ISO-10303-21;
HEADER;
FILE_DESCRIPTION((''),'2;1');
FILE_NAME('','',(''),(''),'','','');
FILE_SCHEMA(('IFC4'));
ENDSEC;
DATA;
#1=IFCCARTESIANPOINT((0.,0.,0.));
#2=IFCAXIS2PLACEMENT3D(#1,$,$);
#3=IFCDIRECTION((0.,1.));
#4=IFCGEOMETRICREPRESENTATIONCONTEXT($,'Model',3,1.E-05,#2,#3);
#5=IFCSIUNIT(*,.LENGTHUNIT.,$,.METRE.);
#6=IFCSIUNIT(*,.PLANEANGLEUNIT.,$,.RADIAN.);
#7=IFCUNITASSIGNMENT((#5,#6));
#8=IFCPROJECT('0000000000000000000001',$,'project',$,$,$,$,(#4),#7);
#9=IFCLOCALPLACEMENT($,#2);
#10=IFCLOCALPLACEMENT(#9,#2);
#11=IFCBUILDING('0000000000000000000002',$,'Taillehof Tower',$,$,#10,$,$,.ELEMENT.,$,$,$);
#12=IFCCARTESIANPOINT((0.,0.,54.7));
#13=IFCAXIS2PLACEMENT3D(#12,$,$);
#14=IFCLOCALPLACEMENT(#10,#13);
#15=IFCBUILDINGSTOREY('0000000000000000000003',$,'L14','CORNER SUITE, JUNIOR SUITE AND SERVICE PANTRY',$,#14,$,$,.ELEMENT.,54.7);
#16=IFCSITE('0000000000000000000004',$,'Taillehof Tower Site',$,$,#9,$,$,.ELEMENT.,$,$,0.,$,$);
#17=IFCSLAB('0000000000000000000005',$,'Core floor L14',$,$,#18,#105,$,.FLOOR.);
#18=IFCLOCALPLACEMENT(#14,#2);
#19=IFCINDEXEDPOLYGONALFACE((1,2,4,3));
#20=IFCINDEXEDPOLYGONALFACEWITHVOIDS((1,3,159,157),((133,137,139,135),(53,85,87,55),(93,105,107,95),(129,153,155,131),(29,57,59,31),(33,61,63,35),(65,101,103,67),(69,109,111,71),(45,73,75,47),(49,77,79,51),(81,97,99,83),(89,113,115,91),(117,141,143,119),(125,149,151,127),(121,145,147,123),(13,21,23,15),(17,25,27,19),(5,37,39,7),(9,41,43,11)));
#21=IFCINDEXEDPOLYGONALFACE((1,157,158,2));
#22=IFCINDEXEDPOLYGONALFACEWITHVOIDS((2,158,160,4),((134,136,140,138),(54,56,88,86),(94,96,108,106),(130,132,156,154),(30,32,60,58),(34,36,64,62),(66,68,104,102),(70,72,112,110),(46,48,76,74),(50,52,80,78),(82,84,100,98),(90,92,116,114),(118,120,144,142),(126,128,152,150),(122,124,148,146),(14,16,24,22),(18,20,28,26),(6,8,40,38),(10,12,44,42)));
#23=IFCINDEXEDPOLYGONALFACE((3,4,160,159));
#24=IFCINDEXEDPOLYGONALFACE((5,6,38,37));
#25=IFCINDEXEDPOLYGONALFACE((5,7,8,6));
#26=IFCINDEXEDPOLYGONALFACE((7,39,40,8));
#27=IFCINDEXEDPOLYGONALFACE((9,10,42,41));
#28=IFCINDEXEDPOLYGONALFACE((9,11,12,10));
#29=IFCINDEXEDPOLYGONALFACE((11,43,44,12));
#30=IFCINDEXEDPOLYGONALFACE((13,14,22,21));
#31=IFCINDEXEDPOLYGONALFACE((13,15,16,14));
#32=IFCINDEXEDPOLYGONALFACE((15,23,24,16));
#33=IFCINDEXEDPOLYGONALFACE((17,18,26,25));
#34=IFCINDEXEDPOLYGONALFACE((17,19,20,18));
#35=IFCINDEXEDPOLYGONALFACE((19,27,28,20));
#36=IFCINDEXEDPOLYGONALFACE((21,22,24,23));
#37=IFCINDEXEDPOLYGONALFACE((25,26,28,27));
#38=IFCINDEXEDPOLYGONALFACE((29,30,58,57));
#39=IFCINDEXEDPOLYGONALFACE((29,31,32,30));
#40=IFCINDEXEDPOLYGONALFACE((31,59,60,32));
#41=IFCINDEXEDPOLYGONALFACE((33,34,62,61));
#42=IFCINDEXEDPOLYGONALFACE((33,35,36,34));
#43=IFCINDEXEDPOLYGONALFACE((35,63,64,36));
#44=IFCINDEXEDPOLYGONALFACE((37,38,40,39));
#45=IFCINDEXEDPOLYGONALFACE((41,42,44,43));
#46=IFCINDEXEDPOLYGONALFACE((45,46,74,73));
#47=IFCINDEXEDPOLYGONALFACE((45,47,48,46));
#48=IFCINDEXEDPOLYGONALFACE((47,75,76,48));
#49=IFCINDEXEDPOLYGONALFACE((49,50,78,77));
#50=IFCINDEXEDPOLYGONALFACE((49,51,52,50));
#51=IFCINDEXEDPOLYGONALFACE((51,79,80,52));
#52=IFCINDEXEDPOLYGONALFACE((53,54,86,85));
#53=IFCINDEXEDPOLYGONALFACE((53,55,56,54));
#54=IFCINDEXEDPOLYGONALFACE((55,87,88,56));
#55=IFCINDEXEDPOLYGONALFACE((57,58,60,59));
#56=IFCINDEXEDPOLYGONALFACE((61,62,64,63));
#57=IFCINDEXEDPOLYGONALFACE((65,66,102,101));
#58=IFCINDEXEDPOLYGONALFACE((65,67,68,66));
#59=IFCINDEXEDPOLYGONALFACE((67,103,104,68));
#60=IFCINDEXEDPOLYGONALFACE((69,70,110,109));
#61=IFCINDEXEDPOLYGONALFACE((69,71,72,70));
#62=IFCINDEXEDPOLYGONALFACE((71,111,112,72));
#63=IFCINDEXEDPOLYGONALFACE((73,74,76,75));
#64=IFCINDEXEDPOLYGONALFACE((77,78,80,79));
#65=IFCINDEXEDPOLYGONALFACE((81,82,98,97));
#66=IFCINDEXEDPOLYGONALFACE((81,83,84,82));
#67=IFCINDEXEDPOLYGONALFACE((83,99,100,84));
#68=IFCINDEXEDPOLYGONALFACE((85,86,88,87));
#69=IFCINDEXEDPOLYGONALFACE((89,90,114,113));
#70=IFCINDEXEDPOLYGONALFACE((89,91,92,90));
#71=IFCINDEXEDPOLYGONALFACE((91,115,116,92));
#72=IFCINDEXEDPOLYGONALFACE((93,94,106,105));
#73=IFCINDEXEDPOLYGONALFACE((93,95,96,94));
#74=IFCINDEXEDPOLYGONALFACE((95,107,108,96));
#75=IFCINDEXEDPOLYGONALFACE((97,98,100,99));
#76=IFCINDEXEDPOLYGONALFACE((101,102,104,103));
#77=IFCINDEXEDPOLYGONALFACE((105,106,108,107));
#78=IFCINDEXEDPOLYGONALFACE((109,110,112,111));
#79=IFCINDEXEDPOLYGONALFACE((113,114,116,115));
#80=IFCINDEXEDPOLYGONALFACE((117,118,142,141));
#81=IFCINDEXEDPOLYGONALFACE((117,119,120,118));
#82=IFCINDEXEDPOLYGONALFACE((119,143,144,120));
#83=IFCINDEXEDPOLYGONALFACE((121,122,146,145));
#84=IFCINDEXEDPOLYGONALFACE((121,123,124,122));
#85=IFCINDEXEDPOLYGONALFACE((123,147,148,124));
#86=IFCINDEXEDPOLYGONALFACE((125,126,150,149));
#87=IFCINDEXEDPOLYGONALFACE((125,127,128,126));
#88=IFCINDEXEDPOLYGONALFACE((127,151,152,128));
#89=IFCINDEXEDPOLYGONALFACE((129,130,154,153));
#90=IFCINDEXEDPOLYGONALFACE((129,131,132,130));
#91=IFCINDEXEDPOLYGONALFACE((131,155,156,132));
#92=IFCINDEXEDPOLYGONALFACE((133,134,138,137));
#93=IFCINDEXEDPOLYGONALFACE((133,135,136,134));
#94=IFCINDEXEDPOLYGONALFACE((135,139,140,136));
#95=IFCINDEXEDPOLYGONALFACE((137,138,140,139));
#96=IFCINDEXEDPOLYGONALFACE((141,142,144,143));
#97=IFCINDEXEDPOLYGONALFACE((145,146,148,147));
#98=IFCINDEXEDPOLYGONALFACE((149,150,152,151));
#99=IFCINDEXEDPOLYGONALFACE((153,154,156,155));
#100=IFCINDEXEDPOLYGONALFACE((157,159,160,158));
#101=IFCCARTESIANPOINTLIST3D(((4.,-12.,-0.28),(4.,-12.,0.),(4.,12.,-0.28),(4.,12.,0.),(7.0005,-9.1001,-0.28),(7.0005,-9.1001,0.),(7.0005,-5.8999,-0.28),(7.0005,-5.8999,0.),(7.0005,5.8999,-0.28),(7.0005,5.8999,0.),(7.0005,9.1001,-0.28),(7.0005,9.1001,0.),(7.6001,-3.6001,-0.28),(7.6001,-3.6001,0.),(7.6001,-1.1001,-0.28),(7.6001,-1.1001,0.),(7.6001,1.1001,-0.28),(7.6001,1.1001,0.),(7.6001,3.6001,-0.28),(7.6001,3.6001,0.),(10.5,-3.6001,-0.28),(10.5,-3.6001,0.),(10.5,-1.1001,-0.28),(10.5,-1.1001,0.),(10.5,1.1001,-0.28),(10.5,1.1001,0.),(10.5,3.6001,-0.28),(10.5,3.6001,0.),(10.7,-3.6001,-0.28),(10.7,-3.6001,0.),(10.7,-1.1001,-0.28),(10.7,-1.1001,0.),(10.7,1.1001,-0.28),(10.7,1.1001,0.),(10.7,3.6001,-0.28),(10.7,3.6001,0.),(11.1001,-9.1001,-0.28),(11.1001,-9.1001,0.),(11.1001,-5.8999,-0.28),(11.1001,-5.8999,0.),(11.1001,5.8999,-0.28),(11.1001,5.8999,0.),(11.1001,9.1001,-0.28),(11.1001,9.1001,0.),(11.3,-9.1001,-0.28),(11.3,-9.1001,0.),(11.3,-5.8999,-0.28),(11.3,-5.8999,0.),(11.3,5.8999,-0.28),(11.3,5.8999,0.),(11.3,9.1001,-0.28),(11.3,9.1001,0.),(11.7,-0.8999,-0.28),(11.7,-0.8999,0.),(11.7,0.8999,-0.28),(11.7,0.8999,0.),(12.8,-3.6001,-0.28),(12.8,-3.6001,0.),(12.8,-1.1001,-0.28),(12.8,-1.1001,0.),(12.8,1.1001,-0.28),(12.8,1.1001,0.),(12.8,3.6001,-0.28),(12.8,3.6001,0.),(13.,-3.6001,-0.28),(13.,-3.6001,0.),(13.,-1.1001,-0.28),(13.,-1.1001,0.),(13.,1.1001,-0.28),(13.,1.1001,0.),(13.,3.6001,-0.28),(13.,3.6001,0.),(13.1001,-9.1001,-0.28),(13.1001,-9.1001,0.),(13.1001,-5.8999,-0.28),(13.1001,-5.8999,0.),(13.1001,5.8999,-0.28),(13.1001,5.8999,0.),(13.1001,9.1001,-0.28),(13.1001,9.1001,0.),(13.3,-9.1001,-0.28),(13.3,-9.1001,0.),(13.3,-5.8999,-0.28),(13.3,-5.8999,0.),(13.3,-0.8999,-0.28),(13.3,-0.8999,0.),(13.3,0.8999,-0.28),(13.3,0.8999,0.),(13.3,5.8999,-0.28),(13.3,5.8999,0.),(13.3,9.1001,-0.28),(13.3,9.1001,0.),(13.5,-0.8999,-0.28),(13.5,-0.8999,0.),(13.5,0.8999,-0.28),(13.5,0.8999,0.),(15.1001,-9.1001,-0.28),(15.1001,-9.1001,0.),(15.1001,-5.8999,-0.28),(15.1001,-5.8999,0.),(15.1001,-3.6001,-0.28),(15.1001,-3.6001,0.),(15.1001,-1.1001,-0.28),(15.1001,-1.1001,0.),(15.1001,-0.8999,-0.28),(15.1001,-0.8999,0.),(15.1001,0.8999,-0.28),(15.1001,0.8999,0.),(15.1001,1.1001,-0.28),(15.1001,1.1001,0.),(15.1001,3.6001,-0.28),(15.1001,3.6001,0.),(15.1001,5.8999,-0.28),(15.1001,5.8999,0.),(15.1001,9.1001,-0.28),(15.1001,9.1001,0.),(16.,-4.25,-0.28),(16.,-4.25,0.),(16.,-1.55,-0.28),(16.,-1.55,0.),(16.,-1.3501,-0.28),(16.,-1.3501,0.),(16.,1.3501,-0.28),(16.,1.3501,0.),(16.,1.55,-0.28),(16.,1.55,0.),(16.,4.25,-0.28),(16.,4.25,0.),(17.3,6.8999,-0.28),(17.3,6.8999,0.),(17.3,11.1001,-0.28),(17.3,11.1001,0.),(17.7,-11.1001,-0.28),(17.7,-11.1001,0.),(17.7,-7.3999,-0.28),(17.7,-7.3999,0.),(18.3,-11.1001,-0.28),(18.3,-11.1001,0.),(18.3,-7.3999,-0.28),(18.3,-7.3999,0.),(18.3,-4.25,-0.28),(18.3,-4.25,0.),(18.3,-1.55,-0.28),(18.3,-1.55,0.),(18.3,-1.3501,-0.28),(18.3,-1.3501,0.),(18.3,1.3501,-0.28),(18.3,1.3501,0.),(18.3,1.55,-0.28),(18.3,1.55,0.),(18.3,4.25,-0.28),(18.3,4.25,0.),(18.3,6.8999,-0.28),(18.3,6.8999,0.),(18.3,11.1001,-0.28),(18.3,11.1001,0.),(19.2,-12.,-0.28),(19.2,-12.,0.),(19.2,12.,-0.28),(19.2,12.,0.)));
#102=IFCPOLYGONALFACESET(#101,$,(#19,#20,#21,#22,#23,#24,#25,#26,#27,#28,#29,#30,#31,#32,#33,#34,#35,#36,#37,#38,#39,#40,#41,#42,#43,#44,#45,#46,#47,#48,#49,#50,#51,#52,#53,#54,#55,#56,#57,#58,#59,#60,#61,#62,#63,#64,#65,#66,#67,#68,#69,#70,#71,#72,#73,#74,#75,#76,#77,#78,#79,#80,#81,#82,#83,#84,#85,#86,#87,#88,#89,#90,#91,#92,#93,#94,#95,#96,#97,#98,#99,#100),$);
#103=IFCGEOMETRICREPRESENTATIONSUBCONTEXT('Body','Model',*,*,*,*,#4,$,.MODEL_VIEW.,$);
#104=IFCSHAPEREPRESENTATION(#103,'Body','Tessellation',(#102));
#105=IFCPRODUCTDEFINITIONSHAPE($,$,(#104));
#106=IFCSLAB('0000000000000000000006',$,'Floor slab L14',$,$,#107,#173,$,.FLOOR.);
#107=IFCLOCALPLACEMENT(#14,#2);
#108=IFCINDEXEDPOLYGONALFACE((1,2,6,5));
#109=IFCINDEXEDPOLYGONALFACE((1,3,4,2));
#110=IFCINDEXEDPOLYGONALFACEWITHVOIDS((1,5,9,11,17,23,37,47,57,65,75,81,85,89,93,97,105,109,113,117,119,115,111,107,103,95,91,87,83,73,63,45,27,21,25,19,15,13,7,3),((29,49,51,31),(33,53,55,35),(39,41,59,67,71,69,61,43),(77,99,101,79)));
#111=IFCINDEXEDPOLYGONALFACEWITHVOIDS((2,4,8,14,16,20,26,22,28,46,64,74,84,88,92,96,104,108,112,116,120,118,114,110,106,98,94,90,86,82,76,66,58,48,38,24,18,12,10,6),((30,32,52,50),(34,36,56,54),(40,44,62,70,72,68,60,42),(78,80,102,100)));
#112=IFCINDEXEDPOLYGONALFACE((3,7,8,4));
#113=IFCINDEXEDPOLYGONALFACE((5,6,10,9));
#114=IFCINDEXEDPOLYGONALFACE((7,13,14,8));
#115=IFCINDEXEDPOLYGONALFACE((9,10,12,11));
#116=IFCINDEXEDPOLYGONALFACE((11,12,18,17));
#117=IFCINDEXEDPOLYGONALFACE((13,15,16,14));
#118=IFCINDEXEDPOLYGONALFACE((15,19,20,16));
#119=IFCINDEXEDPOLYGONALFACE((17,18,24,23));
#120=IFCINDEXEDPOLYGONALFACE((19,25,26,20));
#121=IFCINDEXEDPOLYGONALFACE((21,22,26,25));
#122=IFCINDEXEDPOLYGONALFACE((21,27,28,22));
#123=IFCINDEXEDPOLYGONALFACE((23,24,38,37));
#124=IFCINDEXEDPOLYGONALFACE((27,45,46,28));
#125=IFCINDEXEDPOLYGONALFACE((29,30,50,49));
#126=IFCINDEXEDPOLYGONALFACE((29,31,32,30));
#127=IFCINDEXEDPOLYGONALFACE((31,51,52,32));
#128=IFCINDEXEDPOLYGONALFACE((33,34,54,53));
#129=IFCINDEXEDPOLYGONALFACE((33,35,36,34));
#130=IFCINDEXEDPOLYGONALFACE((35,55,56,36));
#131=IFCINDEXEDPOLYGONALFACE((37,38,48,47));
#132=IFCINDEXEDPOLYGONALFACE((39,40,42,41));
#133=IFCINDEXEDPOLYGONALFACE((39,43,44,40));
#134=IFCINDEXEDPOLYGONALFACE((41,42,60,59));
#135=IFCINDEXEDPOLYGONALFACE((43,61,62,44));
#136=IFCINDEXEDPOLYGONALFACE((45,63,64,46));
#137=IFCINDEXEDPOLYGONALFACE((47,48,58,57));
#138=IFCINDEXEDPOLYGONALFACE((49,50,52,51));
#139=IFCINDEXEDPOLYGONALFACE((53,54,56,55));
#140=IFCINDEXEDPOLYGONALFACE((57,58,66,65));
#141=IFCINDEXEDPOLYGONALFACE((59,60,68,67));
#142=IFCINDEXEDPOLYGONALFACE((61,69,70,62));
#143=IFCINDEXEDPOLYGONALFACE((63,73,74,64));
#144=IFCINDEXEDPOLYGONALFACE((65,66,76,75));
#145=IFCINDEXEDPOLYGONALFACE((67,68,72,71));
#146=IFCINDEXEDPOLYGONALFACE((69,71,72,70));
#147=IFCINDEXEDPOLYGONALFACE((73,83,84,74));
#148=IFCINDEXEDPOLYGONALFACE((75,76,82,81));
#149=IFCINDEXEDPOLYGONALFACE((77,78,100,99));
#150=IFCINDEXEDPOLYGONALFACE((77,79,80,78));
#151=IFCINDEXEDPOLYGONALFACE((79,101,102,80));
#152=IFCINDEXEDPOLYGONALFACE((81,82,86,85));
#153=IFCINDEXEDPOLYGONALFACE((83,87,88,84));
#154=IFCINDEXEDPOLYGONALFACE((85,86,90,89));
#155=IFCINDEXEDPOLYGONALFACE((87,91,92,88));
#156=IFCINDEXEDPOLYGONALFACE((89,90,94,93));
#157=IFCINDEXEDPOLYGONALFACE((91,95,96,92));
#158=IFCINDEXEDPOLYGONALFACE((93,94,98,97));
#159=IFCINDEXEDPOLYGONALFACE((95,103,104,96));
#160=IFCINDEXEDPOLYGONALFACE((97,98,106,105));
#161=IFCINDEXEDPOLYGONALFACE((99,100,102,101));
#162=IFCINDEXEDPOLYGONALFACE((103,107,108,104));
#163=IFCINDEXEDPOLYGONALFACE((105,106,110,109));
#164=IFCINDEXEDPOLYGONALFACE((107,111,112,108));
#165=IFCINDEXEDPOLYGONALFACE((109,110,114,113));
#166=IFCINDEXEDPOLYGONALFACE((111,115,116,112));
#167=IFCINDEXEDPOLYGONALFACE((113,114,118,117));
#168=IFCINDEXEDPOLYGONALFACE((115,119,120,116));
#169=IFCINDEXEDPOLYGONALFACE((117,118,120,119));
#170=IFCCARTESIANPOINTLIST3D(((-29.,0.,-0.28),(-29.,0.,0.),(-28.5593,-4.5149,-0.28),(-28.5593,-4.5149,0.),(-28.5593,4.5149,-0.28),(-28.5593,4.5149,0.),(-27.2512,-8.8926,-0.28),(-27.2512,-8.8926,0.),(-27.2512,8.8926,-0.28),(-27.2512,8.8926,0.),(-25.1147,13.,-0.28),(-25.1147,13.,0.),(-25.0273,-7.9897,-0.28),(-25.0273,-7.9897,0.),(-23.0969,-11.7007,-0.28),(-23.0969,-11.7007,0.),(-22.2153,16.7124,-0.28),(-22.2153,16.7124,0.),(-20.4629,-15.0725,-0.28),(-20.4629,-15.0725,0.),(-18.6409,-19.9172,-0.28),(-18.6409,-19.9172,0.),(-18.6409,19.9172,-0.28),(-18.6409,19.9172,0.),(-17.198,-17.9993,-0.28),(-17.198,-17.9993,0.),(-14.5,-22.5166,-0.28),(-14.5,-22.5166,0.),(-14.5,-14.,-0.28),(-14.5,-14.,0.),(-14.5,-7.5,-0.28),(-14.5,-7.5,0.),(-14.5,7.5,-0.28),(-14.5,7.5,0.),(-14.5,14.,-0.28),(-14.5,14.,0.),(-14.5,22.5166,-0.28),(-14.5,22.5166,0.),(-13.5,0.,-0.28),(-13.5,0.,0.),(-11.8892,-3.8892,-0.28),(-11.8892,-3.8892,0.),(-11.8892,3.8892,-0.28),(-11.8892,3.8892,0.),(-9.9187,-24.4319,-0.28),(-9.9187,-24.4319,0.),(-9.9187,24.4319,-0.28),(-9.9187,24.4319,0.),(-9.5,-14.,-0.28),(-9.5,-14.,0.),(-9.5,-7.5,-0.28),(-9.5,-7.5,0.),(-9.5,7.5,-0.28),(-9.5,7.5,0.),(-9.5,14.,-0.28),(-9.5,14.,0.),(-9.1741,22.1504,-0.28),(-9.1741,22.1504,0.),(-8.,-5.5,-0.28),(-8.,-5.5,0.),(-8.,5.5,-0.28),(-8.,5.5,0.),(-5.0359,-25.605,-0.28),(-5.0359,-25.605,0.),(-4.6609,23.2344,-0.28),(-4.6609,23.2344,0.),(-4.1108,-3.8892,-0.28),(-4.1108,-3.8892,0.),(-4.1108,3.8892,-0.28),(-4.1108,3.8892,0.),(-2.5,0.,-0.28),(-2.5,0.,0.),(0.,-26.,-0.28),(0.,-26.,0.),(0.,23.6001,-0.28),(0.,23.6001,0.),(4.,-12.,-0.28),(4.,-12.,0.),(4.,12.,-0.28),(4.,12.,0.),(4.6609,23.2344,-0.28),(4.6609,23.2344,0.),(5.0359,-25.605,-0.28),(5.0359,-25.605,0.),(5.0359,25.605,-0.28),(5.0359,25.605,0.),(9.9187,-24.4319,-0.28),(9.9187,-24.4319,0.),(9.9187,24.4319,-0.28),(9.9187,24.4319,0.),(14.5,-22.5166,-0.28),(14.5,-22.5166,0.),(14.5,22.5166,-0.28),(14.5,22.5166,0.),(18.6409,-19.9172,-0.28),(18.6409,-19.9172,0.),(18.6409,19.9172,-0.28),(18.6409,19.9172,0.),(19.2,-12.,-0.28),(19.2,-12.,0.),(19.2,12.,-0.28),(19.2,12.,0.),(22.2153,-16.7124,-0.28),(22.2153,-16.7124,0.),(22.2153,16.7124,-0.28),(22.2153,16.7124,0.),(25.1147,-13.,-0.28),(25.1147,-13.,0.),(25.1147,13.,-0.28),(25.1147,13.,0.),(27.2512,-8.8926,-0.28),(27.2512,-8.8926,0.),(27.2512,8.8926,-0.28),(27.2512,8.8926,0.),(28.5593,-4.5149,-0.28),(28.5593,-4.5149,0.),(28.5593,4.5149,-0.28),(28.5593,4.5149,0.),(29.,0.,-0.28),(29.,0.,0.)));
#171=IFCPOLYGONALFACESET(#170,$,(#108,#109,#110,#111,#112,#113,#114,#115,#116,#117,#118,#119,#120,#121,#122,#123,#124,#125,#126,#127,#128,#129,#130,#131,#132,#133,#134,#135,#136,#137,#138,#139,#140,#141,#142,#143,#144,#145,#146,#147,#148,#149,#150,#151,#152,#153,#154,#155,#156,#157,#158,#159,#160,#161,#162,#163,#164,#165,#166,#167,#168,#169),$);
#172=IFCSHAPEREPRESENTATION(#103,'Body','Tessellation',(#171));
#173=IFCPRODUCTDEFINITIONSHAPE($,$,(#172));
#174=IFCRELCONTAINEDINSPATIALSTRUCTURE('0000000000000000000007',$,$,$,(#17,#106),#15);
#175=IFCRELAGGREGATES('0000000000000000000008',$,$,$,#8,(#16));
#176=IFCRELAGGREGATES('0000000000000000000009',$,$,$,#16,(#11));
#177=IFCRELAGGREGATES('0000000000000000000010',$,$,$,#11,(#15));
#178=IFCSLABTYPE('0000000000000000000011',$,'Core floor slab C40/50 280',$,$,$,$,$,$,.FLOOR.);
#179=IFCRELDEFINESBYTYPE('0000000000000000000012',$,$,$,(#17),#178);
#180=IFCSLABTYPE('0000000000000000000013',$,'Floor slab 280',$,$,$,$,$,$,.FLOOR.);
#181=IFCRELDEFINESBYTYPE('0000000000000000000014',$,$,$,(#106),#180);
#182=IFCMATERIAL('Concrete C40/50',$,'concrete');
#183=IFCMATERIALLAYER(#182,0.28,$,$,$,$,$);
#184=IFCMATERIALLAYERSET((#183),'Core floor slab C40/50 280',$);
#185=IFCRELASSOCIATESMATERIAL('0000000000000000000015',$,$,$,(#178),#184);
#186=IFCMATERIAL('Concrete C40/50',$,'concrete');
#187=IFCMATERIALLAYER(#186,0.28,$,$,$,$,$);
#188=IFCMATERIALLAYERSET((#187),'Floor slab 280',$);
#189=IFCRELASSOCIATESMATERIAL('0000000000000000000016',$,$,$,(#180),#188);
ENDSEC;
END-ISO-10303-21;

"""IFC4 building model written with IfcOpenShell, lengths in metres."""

from ifc_helpers import new_model, si_unit, direction, frame, origin, place, context, subcontext, project, spatial, polyline, outline, extrude, material, layer, layer_set, type_object, element, save


model = new_model("IFC4")

# Units and contexts
model_context = context("Model", 3, precision=1e-05, world=origin(), true_north=direction((0.0, 1.0)))
body_context = subcontext(model_context, "Body", "Model", "MODEL_VIEW")
ifc_project = project(units=[si_unit("LENGTHUNIT", "METRE"), si_unit("PLANEANGLEUNIT", "RADIAN")], contexts=[model_context])

# Site, building, storey
site_placement = place(None, origin())
site = spatial("IfcSite", under=ifc_project, at=site_placement, Name="Taillehof Tower Site", CompositionType="ELEMENT", RefElevation=0.0)
building_placement = place(site_placement, origin())
building = spatial("IfcBuilding", under=site, at=building_placement, Name="Taillehof Tower", CompositionType="ELEMENT")
storey_placement = place(building_placement, frame((0.0, 0.0, 54.7)))
storey = spatial("IfcBuildingStorey", under=building, at=storey_placement, Name="L14", Description="CORNER SUITE, JUNIOR SUITE AND SERVICE PANTRY", CompositionType="ELEMENT", Elevation=54.7)

# Slabs
ifc_material_1 = material(Name="Concrete C40/50", Category="concrete")
ifc_layer_1 = layer(ifc_material_1, 0.28)
ifc_layer_set_1 = layer_set([ifc_layer_1], Name="Core floor slab C40/50 280")
slab_type_1 = type_object("IfcSlabType", Name="Core floor slab C40/50 280", PredefinedType="FLOOR", material=ifc_layer_set_1)
slab_1_placement = place(storey_placement, frame((0.0, 0.0, -0.28)))
element("IfcSlab", 1, at=slab_1_placement, inside=storey, type_object=slab_type_1, Name="Core floor L14", PredefinedType="FLOOR", context=body_context, shape_type="SweptSolid", body=[
    extrude(outline(polyline([(4.0, -12.0), (4.0, 12.0), (19.2, 12.0), (19.2, -12.0), (4.0, -12.0)]), holes=[polyline([(7.0005, -9.1001), (11.1001, -9.1001), (11.1001, -5.8999), (7.0005, -5.8999), (7.0005, -9.1001)]), polyline([(13.1001, -9.1001), (13.1001, -5.8999), (11.3, -5.8999), (11.3, -9.1001), (13.1001, -9.1001)]), polyline([(10.5, -3.6001), (10.5, -1.1001), (7.6001, -1.1001), (7.6001, -3.6001), (10.5, -3.6001)]), polyline([(12.8, -3.6001), (12.8, -1.1001), (10.7, -1.1001), (10.7, -3.6001), (12.8, -3.6001)]), polyline([(13.3, -0.8999), (13.3, 0.8999), (11.7, 0.8999), (11.7, -0.8999), (13.3, -0.8999)]), polyline([(10.5, 1.1001), (10.5, 3.6001), (7.6001, 3.6001), (7.6001, 1.1001), (10.5, 1.1001)]), polyline([(12.8, 1.1001), (12.8, 3.6001), (10.7, 3.6001), (10.7, 1.1001), (12.8, 1.1001)]), polyline([(13.0, 1.1001), (15.1001, 1.1001), (15.1001, 3.6001), (13.0, 3.6001), (13.0, 1.1001)]), polyline([(11.3, 5.8999), (13.1001, 5.8999), (13.1001, 9.1001), (11.3, 9.1001), (11.3, 5.8999)]), polyline([(11.1001, 5.8999), (11.1001, 9.1001), (7.0005, 9.1001), (7.0005, 5.8999), (11.1001, 5.8999)]), polyline([(18.3, -11.1001), (18.3, -7.3999), (17.7, -7.3999), (17.7, -11.1001), (18.3, -11.1001)]), polyline([(15.1001, -9.1001), (15.1001, -5.8999), (13.3, -5.8999), (13.3, -9.1001), (15.1001, -9.1001)]), polyline([(16.0, -4.25), (18.3, -4.25), (18.3, -1.55), (16.0, -1.55), (16.0, -4.25)]), polyline([(13.0, -3.6001), (15.1001, -3.6001), (15.1001, -1.1001), (13.0, -1.1001), (13.0, -3.6001)]), polyline([(15.1001, -0.8999), (15.1001, 0.8999), (13.5, 0.8999), (13.5, -0.8999), (15.1001, -0.8999)]), polyline([(18.3, -1.3501), (18.3, 1.3501), (16.0, 1.3501), (16.0, -1.3501), (18.3, -1.3501)]), polyline([(18.3, 1.55), (18.3, 4.25), (16.0, 4.25), (16.0, 1.55), (18.3, 1.55)]), polyline([(13.3, 5.8999), (15.1001, 5.8999), (15.1001, 9.1001), (13.3, 9.1001), (13.3, 5.8999)]), polyline([(17.3, 6.8999), (18.3, 6.8999), (18.3, 11.1001), (17.3, 11.1001), (17.3, 6.8999)])]), origin(), (0.0, 0.0, 1.0), 0.28),
])
ifc_material_2 = material(Name="Concrete C40/50", Category="concrete")
ifc_layer_2 = layer(ifc_material_2, 0.28)
ifc_layer_set_2 = layer_set([ifc_layer_2], Name="Floor slab 280")
slab_type_2 = type_object("IfcSlabType", Name="Floor slab 280", PredefinedType="FLOOR", material=ifc_layer_set_2)
slab_2_placement = place(storey_placement, frame((0.0, 0.0, -0.28)))
element("IfcSlab", 2, at=slab_2_placement, inside=storey, type_object=slab_type_2, Name="Floor slab L14", PredefinedType="FLOOR", context=body_context, shape_type="SweptSolid", body=[
    extrude(outline(polyline([(29.0, 0.0), (28.5593, 4.5149), (27.2512, 8.8926), (25.1147, 13.0), (22.2153, 16.7124), (18.6409, 19.9172), (14.5, 22.5166), (9.9187, 24.4319), (5.0359, 25.605), (4.6609, 23.2344), (0.0, 23.6001), (-4.6609, 23.2344), (-9.1741, 22.1504), (-9.9187, 24.4319), (-14.5, 22.5166), (-18.6409, 19.9172), (-22.2153, 16.7124), (-25.1147, 13.0), (-27.2512, 8.8926), (-28.5593, 4.5149), (-29.0, 0.0), (-28.5593, -4.5149), (-27.2512, -8.8926), (-25.0273, -7.9897), (-23.0969, -11.7007), (-20.4629, -15.0725), (-17.198, -17.9993), (-18.6409, -19.9172), (-14.5, -22.5166), (-9.9187, -24.4319), (-5.0359, -25.605), (0.0, -26.0), (5.0359, -25.605), (9.9187, -24.4319), (14.5, -22.5166), (18.6409, -19.9172), (22.2153, -16.7124), (25.1147, -13.0), (27.2512, -8.8926), (28.5593, -4.5149), (29.0, 0.0)]), holes=[polyline([(-14.5, -7.5), (-9.5, -7.5), (-9.5, -14.0), (-14.5, -14.0), (-14.5, -7.5)]), polyline([(-8.0, -5.5), (-11.8892, -3.8892), (-13.5, 0.0), (-11.8892, 3.8892), (-8.0, 5.5), (-4.1108, 3.8892), (-2.5, 0.0), (-4.1108, -3.8892), (-8.0, -5.5)]), polyline([(19.2, 12.0), (19.2, -12.0), (4.0, -12.0), (4.0, 12.0), (19.2, 12.0)]), polyline([(-14.5, 14.0), (-9.5, 14.0), (-9.5, 7.5), (-14.5, 7.5), (-14.5, 14.0)])]), origin(), (0.0, 0.0, 1.0), 0.28),
])

save(model, "model.ifc")
